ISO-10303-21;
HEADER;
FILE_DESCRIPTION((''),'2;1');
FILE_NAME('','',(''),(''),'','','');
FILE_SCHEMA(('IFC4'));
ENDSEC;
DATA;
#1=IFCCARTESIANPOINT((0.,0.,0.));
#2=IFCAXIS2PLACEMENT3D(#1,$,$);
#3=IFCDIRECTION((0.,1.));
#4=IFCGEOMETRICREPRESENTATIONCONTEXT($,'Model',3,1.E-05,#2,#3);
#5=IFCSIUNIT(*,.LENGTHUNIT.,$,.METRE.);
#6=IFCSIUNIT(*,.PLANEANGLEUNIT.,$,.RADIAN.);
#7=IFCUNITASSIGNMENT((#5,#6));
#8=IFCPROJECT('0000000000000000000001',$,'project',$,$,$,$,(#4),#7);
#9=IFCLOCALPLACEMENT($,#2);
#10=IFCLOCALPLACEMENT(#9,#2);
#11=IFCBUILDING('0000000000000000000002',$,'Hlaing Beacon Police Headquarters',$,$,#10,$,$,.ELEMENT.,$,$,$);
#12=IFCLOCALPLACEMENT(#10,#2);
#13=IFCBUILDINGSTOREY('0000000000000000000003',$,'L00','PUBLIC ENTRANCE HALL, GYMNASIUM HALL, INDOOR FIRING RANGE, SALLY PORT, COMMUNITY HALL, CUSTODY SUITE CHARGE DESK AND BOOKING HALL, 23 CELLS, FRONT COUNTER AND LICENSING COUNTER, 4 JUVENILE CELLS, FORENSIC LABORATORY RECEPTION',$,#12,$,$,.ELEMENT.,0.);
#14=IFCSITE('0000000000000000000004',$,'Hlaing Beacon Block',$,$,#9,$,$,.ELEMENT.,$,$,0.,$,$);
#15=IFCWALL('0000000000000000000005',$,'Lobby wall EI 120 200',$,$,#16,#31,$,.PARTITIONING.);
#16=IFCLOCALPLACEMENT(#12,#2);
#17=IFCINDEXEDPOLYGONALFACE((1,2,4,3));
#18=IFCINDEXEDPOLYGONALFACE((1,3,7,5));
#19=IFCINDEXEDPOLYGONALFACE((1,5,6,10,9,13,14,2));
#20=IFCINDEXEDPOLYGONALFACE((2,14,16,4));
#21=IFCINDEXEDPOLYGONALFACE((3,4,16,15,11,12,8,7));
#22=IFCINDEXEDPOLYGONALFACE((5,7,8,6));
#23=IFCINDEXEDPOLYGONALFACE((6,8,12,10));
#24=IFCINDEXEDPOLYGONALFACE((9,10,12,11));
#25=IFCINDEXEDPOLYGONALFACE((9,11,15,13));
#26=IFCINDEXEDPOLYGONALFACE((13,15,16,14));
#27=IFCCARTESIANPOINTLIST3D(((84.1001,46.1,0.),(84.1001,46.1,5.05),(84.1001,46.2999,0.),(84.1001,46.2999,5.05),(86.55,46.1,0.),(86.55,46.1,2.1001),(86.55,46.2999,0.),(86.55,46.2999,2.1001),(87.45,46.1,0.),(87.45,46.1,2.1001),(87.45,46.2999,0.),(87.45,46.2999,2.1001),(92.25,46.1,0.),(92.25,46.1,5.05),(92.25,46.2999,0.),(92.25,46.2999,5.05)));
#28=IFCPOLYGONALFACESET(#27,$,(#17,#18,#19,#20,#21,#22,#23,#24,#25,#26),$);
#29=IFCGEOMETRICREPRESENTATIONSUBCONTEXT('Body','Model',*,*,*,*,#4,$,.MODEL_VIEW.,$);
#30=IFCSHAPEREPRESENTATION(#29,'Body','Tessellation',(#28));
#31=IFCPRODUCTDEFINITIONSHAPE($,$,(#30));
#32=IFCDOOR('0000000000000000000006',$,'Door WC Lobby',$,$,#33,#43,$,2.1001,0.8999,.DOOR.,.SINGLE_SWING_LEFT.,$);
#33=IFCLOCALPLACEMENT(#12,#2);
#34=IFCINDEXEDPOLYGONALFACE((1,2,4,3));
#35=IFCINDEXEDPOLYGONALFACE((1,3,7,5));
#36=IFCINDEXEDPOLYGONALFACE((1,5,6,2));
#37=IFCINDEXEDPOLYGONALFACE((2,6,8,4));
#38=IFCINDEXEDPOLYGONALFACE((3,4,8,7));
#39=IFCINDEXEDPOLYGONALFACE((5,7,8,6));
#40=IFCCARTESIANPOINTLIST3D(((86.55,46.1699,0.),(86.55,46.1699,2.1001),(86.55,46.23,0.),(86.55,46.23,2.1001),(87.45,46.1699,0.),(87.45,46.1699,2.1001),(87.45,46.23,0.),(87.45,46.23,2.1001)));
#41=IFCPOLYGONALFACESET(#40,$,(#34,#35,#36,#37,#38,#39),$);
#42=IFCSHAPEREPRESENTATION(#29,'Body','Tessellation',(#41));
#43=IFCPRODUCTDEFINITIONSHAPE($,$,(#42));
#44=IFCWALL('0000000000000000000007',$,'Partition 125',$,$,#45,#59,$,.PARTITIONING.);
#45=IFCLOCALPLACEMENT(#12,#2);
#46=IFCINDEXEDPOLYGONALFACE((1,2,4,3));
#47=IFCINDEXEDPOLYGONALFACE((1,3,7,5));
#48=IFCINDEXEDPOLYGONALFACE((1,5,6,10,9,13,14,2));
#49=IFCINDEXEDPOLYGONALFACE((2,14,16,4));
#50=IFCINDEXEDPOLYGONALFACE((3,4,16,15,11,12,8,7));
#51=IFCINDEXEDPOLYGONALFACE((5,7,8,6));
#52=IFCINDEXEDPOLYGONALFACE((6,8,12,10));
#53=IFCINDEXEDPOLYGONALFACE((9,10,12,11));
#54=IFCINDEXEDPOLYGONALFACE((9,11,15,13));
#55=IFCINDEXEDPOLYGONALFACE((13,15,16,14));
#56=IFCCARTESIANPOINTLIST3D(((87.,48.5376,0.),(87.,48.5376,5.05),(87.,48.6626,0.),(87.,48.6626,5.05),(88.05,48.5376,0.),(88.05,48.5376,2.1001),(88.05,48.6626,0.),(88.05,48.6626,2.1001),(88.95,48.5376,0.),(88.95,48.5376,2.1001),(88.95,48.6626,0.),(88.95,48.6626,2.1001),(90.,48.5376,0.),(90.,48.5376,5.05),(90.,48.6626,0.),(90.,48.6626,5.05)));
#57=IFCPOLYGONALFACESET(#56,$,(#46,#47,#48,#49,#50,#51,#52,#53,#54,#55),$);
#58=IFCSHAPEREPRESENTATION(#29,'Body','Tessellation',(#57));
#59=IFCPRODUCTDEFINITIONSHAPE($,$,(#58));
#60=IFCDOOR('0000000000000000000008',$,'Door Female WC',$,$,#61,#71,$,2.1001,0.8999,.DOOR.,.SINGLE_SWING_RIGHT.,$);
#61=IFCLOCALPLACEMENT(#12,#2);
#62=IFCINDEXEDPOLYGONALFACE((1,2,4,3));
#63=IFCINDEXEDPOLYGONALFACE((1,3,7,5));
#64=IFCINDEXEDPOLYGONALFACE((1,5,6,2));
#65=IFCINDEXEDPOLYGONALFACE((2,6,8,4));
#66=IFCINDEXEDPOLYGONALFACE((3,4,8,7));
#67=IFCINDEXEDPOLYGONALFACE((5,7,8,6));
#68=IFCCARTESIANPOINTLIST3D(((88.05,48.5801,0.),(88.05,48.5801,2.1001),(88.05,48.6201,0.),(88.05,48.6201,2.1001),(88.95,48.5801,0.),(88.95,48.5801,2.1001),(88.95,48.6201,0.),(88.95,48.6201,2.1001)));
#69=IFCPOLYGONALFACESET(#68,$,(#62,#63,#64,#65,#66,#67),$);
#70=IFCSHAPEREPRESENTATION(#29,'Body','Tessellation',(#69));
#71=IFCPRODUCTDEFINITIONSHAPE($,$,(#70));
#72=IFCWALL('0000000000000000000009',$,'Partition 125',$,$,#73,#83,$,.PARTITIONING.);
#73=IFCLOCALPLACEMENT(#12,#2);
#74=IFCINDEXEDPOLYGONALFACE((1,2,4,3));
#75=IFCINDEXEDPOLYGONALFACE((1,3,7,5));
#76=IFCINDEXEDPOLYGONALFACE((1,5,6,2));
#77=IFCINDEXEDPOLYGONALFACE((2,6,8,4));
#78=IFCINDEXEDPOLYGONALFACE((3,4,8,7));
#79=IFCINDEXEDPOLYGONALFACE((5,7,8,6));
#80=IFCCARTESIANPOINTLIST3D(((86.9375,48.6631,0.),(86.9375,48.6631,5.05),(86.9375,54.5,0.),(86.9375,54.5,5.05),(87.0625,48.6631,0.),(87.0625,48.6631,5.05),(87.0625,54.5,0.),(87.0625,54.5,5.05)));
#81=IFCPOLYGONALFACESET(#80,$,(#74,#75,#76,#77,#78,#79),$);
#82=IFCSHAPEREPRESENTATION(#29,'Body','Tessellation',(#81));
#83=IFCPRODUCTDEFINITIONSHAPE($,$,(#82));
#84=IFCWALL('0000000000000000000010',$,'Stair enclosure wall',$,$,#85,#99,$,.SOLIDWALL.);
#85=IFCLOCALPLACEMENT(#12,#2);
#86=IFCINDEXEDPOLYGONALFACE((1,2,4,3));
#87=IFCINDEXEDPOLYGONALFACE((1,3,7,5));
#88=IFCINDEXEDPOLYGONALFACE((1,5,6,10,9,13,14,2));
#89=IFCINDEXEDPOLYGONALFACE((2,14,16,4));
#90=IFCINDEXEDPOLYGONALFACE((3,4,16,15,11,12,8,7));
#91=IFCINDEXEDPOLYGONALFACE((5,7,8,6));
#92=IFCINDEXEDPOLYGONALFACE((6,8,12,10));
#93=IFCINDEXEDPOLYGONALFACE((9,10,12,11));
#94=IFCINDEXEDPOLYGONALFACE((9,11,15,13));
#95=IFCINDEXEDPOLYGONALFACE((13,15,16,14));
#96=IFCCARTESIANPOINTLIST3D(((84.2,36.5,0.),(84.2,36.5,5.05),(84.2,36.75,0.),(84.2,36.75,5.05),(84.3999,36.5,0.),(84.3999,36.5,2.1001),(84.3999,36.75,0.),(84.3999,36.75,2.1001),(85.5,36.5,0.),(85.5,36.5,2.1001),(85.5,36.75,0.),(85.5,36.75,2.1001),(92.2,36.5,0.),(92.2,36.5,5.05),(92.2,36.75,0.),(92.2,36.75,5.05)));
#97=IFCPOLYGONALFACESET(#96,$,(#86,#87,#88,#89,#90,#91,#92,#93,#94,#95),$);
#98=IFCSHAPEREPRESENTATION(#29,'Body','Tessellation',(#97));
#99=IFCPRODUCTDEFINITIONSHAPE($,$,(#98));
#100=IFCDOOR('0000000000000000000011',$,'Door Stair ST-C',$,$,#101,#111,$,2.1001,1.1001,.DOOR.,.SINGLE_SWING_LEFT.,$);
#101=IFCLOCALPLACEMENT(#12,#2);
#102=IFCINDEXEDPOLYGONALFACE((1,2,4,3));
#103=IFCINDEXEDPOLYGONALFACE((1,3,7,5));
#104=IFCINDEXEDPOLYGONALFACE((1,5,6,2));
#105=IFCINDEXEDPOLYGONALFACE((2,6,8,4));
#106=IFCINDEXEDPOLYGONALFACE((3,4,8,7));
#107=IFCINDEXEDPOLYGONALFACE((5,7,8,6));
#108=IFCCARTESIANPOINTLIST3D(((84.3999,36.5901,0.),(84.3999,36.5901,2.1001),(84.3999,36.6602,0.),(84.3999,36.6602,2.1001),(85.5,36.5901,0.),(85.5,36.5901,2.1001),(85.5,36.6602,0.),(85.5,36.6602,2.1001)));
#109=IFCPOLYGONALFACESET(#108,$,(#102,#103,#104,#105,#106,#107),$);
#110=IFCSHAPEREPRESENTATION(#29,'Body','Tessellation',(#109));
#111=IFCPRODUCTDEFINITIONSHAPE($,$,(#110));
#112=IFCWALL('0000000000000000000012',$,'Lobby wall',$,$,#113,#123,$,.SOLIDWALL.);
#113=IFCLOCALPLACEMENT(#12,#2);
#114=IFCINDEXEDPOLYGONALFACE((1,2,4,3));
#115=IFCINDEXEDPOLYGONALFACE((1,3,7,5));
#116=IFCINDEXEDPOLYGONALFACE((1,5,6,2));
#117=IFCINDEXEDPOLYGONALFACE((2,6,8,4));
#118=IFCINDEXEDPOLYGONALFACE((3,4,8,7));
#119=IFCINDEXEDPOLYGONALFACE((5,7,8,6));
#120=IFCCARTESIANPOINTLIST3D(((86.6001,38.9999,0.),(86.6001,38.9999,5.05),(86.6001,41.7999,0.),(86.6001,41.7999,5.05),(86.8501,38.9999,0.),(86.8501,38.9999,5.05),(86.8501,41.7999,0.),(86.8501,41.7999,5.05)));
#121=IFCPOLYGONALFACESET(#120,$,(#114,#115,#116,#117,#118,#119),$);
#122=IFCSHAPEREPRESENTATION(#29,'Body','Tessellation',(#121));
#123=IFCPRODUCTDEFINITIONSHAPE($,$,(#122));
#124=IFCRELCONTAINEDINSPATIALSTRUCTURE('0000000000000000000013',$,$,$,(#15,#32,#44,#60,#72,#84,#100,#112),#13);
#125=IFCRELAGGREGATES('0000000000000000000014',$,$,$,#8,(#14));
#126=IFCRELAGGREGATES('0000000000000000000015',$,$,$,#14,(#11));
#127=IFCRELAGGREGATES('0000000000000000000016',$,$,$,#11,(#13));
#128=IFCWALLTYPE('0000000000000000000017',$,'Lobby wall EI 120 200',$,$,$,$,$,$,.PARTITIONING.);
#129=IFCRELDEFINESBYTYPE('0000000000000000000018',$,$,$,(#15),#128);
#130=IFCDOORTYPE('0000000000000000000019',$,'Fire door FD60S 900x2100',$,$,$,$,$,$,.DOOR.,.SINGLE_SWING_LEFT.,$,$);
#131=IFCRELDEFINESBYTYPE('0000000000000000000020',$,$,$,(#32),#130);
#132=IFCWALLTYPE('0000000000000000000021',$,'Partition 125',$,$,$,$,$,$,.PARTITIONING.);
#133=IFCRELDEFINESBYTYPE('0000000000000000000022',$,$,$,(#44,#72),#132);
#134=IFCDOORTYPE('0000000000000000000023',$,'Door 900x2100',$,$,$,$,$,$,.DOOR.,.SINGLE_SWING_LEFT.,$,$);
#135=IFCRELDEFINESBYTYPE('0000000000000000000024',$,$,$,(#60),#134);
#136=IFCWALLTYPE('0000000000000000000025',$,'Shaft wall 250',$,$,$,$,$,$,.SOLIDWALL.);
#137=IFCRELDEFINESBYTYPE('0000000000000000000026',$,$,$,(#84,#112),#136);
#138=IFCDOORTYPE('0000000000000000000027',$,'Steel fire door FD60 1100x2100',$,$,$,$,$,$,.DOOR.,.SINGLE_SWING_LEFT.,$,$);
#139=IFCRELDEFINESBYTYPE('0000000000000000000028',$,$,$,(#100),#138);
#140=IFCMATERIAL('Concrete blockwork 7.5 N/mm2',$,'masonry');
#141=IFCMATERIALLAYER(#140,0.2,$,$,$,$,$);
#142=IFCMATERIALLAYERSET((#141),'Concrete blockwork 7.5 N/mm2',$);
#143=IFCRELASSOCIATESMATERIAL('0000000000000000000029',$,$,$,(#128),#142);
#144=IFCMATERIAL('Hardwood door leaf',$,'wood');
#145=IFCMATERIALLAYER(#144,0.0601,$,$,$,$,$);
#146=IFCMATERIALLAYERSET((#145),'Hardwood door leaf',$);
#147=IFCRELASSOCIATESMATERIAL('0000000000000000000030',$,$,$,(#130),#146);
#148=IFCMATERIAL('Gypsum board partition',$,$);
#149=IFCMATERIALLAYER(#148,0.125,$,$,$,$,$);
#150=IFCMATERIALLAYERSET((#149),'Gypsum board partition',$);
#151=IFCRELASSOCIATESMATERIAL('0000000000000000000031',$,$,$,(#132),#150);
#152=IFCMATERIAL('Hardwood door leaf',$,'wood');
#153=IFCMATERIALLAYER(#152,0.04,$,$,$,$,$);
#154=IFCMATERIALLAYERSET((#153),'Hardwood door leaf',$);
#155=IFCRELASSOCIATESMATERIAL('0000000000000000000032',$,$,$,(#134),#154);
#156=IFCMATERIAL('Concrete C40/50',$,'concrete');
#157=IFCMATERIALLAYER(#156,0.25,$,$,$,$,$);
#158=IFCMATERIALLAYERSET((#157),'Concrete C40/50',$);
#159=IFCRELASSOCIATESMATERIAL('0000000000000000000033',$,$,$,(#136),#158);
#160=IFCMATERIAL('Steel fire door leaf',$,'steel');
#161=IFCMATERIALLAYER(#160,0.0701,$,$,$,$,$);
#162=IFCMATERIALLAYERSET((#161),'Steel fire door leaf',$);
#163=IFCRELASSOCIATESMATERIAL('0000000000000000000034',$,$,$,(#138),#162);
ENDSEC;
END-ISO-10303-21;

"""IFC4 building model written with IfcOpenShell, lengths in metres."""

from ifc_helpers import new_model, si_unit, direction, frame, frame_2d, origin, place, context, subcontext, project, spatial, rectangle, extrude, material, layer, layer_set, type_object, element, fill, save


model = new_model("IFC4")

# Units and contexts
model_context = context("Model", 3, precision=1e-05, world=origin(), true_north=direction((0.0, 1.0)))
body_context = subcontext(model_context, "Body", "Model", "MODEL_VIEW")
ifc_project = project(units=[si_unit("LENGTHUNIT", "METRE"), si_unit("PLANEANGLEUNIT", "RADIAN")], contexts=[model_context])

# Site, building, storey
site_placement = place(None, origin())
site = spatial("IfcSite", under=ifc_project, at=site_placement, Name="Hlaing Beacon Block", CompositionType="ELEMENT", RefElevation=0.0)
building_placement = place(site_placement, origin())
building = spatial("IfcBuilding", under=site, at=building_placement, Name="Hlaing Beacon Police Headquarters", CompositionType="ELEMENT")
storey_placement = place(building_placement, origin())
storey = spatial("IfcBuildingStorey", under=building, at=storey_placement, Name="L00", Description="PUBLIC ENTRANCE HALL, GYMNASIUM HALL, INDOOR FIRING RANGE, SALLY PORT, COMMUNITY HALL, CUSTODY SUITE CHARGE DESK AND BOOKING HALL, 23 CELLS, FRONT COUNTER AND LICENSING COUNTER, 4 JUVENILE CELLS, FORENSIC LABORATORY RECEPTION", CompositionType="ELEMENT", Elevation=0.0)

# Walls, openings, doors
ifc_material_1 = material(Name="Concrete blockwork 7.5 N/mm2", Category="masonry")
ifc_layer_1 = layer(ifc_material_1, 0.2)
ifc_layer_set_1 = layer_set([ifc_layer_1], Name="Concrete blockwork 7.5 N/mm2")
wall_type_1 = type_object("IfcWallType", Name="Lobby wall EI 120 200", PredefinedType="PARTITIONING", material=ifc_layer_set_1)
wall_1_placement = place(storey_placement, frame((84.1001, 46.2, 0.0), z_axis=(0.0, 0.0, 1.0), x_axis=(1.0, 0.0, 0.0)))
wall_1 = element("IfcWall", 1, at=wall_1_placement, inside=storey, type_object=wall_type_1, Name="Lobby wall EI 120 200", PredefinedType="PARTITIONING", context=body_context, shape_type="SweptSolid", body=[
    extrude(rectangle(XDim=8.1499, YDim=0.2, at=frame_2d((4.075, 0.0))), origin(), (0.0, 0.0, 1.0), 5.05),
])
opening_1_placement = place(wall_1_placement, frame((2.45, 0.0, 0.0)))
opening_1 = element("IfcOpeningElement", 2, at=opening_1_placement, cuts=wall_1, PredefinedType="OPENING", context=body_context, shape_type="SweptSolid", body=[
    extrude(rectangle(XDim=0.8999, YDim=2.1001, at=frame_2d((0.45, 1.05))), frame((0.0, 0.1099, 0.0), z_axis=(0.0, -1.0, 0.0), x_axis=(1.0, 0.0, 0.0)), (0.0, 0.0, 1.0), 0.22),
])
ifc_material_2 = material(Name="Hardwood door leaf", Category="wood")
ifc_layer_2 = layer(ifc_material_2, 0.0601)
ifc_layer_set_2 = layer_set([ifc_layer_2], Name="Hardwood door leaf")
door_type_1 = type_object("IfcDoorType", Name="Fire door FD60S 900x2100", OperationType="SINGLE_SWING_LEFT", PredefinedType="DOOR", material=ifc_layer_set_2)
door_1_placement = place(opening_1_placement, origin())
door_1 = element("IfcDoor", 3, at=door_1_placement, inside=storey, type_object=door_type_1, Name="Door WC Lobby", OperationType="SINGLE_SWING_LEFT", OverallHeight=2.1001, OverallWidth=0.8999, PredefinedType="DOOR", context=body_context, shape_type="SweptSolid", body=[
    extrude(rectangle(XDim=0.8999, YDim=2.1001, at=frame_2d((0.45, 1.05))), frame((0.0, 0.03, 0.0), z_axis=(0.0, -1.0, 0.0), x_axis=(1.0, 0.0, 0.0)), (0.0, 0.0, 1.0), 0.0601),
])
fill(opening_1, door_1)
ifc_material_3 = material(Name="Gypsum board partition")
ifc_layer_3 = layer(ifc_material_3, 0.125)
ifc_layer_set_3 = layer_set([ifc_layer_3], Name="Gypsum board partition")
wall_type_2 = type_object("IfcWallType", Name="Partition 125", PredefinedType="PARTITIONING", material=ifc_layer_set_3)
wall_2_placement = place(storey_placement, frame((87.0, 48.6001, 0.0), z_axis=(0.0, 0.0, 1.0), x_axis=(1.0, 0.0, 0.0)))
wall_2 = element("IfcWall", 4, at=wall_2_placement, inside=storey, type_object=wall_type_2, Name="Partition 125", PredefinedType="PARTITIONING", context=body_context, shape_type="SweptSolid", body=[
    extrude(rectangle(XDim=3.0, YDim=0.125, at=frame_2d((1.5, 0.0))), origin(), (0.0, 0.0, 1.0), 5.05),
])
opening_2_placement = place(wall_2_placement, frame((1.05, 0.0, 0.0)))
opening_2 = element("IfcOpeningElement", 5, at=opening_2_placement, cuts=wall_2, PredefinedType="OPENING", context=body_context, shape_type="SweptSolid", body=[
    extrude(rectangle(XDim=0.8999, YDim=2.1001, at=frame_2d((0.45, 1.05))), frame((0.0, 0.0725, 0.0), z_axis=(0.0, -1.0, 0.0), x_axis=(1.0, 0.0, 0.0)), (0.0, 0.0, 1.0), 0.145),
])
ifc_material_4 = material(Name="Hardwood door leaf", Category="wood")
ifc_layer_4 = layer(ifc_material_4, 0.04)
ifc_layer_set_4 = layer_set([ifc_layer_4], Name="Hardwood door leaf")
door_type_2 = type_object("IfcDoorType", Name="Door 900x2100", OperationType="SINGLE_SWING_LEFT", PredefinedType="DOOR", material=ifc_layer_set_4)
door_2_placement = place(opening_2_placement, origin())
door_2 = element("IfcDoor", 6, at=door_2_placement, inside=storey, type_object=door_type_2, Name="Door Female WC", OperationType="SINGLE_SWING_RIGHT", OverallHeight=2.1001, OverallWidth=0.8999, PredefinedType="DOOR", context=body_context, shape_type="SweptSolid", body=[
    extrude(rectangle(XDim=0.8999, YDim=2.1001, at=frame_2d((0.45, 1.05))), frame((0.0, 0.02, 0.0), z_axis=(0.0, -1.0, 0.0), x_axis=(1.0, 0.0, 0.0)), (0.0, 0.0, 1.0), 0.04),
])
fill(opening_2, door_2)

# Wall
wall_3_placement = place(storey_placement, frame((87.0, 48.6631, 0.0), z_axis=(0.0, 0.0, 1.0), x_axis=(0.0, 1.0, 0.0)))
element("IfcWall", 7, at=wall_3_placement, inside=storey, type_object=wall_type_2, Name="Partition 125", PredefinedType="PARTITIONING", context=body_context, shape_type="SweptSolid", body=[
    extrude(rectangle(XDim=5.8369, YDim=0.125, at=frame_2d((2.9185, 0.0))), origin(), (0.0, 0.0, 1.0), 5.05),
])

# Wall, opening, door
ifc_material_5 = material(Name="Concrete C40/50", Category="concrete")
ifc_layer_5 = layer(ifc_material_5, 0.25)
ifc_layer_set_5 = layer_set([ifc_layer_5], Name="Concrete C40/50")
wall_type_3 = type_object("IfcWallType", Name="Shaft wall 250", PredefinedType="SOLIDWALL", material=ifc_layer_set_5)
wall_4_placement = place(storey_placement, frame((84.2, 36.625, 0.0), z_axis=(0.0, 0.0, 1.0), x_axis=(1.0, 0.0, 0.0)))
wall_4 = element("IfcWall", 8, at=wall_4_placement, inside=storey, type_object=wall_type_3, Name="Stair enclosure wall", PredefinedType="SOLIDWALL", context=body_context, shape_type="SweptSolid", body=[
    extrude(rectangle(XDim=8.0, YDim=0.25, at=frame_2d((4.0, 0.0))), origin(), (0.0, 0.0, 1.0), 5.05),
])
opening_3_placement = place(wall_4_placement, frame((0.2, 0.0, 0.0)))
opening_3 = element("IfcOpeningElement", 9, at=opening_3_placement, cuts=wall_4, PredefinedType="OPENING", context=body_context, shape_type="SweptSolid", body=[
    extrude(rectangle(XDim=1.1001, YDim=2.1001, at=frame_2d((0.55, 1.05))), frame((0.0, 0.135, 0.0), z_axis=(0.0, -1.0, 0.0), x_axis=(1.0, 0.0, 0.0)), (0.0, 0.0, 1.0), 0.27),
])
ifc_material_6 = material(Name="Steel fire door leaf", Category="steel")
ifc_layer_6 = layer(ifc_material_6, 0.0701)
ifc_layer_set_6 = layer_set([ifc_layer_6], Name="Steel fire door leaf")
door_type_3 = type_object("IfcDoorType", Name="Steel fire door FD60 1100x2100", OperationType="SINGLE_SWING_LEFT", PredefinedType="DOOR", material=ifc_layer_set_6)
door_3_placement = place(opening_3_placement, frame((1.1001, 0.0, 0.0), z_axis=(0.0, 0.0, 1.0), x_axis=(-1.0, 0.0, 0.0)))
door_3 = element("IfcDoor", 10, at=door_3_placement, inside=storey, type_object=door_type_3, Name="Door Stair ST-C", OperationType="SINGLE_SWING_LEFT", OverallHeight=2.1001, OverallWidth=1.1001, PredefinedType="DOOR", context=body_context, shape_type="SweptSolid", body=[
    extrude(rectangle(XDim=1.1001, YDim=2.1001, at=frame_2d((0.55, 1.05))), frame((0.0, 0.0349, 0.0), z_axis=(0.0, -1.0, 0.0), x_axis=(1.0, 0.0, 0.0)), (0.0, 0.0, 1.0), 0.0701),
])
fill(opening_3, door_3)

# Wall
wall_5_placement = place(storey_placement, frame((86.7251, 39.0, 0.0), z_axis=(0.0, 0.0, 1.0), x_axis=(0.0, 1.0, 0.0)))
element("IfcWall", 11, at=wall_5_placement, inside=storey, type_object=wall_type_3, Name="Lobby wall", PredefinedType="SOLIDWALL", context=body_context, shape_type="SweptSolid", body=[
    extrude(rectangle(XDim=2.8, YDim=0.25, at=frame_2d((1.3999, 0.0))), origin(), (0.0, 0.0, 1.0), 5.05),
])

save(model, "model.ifc")
